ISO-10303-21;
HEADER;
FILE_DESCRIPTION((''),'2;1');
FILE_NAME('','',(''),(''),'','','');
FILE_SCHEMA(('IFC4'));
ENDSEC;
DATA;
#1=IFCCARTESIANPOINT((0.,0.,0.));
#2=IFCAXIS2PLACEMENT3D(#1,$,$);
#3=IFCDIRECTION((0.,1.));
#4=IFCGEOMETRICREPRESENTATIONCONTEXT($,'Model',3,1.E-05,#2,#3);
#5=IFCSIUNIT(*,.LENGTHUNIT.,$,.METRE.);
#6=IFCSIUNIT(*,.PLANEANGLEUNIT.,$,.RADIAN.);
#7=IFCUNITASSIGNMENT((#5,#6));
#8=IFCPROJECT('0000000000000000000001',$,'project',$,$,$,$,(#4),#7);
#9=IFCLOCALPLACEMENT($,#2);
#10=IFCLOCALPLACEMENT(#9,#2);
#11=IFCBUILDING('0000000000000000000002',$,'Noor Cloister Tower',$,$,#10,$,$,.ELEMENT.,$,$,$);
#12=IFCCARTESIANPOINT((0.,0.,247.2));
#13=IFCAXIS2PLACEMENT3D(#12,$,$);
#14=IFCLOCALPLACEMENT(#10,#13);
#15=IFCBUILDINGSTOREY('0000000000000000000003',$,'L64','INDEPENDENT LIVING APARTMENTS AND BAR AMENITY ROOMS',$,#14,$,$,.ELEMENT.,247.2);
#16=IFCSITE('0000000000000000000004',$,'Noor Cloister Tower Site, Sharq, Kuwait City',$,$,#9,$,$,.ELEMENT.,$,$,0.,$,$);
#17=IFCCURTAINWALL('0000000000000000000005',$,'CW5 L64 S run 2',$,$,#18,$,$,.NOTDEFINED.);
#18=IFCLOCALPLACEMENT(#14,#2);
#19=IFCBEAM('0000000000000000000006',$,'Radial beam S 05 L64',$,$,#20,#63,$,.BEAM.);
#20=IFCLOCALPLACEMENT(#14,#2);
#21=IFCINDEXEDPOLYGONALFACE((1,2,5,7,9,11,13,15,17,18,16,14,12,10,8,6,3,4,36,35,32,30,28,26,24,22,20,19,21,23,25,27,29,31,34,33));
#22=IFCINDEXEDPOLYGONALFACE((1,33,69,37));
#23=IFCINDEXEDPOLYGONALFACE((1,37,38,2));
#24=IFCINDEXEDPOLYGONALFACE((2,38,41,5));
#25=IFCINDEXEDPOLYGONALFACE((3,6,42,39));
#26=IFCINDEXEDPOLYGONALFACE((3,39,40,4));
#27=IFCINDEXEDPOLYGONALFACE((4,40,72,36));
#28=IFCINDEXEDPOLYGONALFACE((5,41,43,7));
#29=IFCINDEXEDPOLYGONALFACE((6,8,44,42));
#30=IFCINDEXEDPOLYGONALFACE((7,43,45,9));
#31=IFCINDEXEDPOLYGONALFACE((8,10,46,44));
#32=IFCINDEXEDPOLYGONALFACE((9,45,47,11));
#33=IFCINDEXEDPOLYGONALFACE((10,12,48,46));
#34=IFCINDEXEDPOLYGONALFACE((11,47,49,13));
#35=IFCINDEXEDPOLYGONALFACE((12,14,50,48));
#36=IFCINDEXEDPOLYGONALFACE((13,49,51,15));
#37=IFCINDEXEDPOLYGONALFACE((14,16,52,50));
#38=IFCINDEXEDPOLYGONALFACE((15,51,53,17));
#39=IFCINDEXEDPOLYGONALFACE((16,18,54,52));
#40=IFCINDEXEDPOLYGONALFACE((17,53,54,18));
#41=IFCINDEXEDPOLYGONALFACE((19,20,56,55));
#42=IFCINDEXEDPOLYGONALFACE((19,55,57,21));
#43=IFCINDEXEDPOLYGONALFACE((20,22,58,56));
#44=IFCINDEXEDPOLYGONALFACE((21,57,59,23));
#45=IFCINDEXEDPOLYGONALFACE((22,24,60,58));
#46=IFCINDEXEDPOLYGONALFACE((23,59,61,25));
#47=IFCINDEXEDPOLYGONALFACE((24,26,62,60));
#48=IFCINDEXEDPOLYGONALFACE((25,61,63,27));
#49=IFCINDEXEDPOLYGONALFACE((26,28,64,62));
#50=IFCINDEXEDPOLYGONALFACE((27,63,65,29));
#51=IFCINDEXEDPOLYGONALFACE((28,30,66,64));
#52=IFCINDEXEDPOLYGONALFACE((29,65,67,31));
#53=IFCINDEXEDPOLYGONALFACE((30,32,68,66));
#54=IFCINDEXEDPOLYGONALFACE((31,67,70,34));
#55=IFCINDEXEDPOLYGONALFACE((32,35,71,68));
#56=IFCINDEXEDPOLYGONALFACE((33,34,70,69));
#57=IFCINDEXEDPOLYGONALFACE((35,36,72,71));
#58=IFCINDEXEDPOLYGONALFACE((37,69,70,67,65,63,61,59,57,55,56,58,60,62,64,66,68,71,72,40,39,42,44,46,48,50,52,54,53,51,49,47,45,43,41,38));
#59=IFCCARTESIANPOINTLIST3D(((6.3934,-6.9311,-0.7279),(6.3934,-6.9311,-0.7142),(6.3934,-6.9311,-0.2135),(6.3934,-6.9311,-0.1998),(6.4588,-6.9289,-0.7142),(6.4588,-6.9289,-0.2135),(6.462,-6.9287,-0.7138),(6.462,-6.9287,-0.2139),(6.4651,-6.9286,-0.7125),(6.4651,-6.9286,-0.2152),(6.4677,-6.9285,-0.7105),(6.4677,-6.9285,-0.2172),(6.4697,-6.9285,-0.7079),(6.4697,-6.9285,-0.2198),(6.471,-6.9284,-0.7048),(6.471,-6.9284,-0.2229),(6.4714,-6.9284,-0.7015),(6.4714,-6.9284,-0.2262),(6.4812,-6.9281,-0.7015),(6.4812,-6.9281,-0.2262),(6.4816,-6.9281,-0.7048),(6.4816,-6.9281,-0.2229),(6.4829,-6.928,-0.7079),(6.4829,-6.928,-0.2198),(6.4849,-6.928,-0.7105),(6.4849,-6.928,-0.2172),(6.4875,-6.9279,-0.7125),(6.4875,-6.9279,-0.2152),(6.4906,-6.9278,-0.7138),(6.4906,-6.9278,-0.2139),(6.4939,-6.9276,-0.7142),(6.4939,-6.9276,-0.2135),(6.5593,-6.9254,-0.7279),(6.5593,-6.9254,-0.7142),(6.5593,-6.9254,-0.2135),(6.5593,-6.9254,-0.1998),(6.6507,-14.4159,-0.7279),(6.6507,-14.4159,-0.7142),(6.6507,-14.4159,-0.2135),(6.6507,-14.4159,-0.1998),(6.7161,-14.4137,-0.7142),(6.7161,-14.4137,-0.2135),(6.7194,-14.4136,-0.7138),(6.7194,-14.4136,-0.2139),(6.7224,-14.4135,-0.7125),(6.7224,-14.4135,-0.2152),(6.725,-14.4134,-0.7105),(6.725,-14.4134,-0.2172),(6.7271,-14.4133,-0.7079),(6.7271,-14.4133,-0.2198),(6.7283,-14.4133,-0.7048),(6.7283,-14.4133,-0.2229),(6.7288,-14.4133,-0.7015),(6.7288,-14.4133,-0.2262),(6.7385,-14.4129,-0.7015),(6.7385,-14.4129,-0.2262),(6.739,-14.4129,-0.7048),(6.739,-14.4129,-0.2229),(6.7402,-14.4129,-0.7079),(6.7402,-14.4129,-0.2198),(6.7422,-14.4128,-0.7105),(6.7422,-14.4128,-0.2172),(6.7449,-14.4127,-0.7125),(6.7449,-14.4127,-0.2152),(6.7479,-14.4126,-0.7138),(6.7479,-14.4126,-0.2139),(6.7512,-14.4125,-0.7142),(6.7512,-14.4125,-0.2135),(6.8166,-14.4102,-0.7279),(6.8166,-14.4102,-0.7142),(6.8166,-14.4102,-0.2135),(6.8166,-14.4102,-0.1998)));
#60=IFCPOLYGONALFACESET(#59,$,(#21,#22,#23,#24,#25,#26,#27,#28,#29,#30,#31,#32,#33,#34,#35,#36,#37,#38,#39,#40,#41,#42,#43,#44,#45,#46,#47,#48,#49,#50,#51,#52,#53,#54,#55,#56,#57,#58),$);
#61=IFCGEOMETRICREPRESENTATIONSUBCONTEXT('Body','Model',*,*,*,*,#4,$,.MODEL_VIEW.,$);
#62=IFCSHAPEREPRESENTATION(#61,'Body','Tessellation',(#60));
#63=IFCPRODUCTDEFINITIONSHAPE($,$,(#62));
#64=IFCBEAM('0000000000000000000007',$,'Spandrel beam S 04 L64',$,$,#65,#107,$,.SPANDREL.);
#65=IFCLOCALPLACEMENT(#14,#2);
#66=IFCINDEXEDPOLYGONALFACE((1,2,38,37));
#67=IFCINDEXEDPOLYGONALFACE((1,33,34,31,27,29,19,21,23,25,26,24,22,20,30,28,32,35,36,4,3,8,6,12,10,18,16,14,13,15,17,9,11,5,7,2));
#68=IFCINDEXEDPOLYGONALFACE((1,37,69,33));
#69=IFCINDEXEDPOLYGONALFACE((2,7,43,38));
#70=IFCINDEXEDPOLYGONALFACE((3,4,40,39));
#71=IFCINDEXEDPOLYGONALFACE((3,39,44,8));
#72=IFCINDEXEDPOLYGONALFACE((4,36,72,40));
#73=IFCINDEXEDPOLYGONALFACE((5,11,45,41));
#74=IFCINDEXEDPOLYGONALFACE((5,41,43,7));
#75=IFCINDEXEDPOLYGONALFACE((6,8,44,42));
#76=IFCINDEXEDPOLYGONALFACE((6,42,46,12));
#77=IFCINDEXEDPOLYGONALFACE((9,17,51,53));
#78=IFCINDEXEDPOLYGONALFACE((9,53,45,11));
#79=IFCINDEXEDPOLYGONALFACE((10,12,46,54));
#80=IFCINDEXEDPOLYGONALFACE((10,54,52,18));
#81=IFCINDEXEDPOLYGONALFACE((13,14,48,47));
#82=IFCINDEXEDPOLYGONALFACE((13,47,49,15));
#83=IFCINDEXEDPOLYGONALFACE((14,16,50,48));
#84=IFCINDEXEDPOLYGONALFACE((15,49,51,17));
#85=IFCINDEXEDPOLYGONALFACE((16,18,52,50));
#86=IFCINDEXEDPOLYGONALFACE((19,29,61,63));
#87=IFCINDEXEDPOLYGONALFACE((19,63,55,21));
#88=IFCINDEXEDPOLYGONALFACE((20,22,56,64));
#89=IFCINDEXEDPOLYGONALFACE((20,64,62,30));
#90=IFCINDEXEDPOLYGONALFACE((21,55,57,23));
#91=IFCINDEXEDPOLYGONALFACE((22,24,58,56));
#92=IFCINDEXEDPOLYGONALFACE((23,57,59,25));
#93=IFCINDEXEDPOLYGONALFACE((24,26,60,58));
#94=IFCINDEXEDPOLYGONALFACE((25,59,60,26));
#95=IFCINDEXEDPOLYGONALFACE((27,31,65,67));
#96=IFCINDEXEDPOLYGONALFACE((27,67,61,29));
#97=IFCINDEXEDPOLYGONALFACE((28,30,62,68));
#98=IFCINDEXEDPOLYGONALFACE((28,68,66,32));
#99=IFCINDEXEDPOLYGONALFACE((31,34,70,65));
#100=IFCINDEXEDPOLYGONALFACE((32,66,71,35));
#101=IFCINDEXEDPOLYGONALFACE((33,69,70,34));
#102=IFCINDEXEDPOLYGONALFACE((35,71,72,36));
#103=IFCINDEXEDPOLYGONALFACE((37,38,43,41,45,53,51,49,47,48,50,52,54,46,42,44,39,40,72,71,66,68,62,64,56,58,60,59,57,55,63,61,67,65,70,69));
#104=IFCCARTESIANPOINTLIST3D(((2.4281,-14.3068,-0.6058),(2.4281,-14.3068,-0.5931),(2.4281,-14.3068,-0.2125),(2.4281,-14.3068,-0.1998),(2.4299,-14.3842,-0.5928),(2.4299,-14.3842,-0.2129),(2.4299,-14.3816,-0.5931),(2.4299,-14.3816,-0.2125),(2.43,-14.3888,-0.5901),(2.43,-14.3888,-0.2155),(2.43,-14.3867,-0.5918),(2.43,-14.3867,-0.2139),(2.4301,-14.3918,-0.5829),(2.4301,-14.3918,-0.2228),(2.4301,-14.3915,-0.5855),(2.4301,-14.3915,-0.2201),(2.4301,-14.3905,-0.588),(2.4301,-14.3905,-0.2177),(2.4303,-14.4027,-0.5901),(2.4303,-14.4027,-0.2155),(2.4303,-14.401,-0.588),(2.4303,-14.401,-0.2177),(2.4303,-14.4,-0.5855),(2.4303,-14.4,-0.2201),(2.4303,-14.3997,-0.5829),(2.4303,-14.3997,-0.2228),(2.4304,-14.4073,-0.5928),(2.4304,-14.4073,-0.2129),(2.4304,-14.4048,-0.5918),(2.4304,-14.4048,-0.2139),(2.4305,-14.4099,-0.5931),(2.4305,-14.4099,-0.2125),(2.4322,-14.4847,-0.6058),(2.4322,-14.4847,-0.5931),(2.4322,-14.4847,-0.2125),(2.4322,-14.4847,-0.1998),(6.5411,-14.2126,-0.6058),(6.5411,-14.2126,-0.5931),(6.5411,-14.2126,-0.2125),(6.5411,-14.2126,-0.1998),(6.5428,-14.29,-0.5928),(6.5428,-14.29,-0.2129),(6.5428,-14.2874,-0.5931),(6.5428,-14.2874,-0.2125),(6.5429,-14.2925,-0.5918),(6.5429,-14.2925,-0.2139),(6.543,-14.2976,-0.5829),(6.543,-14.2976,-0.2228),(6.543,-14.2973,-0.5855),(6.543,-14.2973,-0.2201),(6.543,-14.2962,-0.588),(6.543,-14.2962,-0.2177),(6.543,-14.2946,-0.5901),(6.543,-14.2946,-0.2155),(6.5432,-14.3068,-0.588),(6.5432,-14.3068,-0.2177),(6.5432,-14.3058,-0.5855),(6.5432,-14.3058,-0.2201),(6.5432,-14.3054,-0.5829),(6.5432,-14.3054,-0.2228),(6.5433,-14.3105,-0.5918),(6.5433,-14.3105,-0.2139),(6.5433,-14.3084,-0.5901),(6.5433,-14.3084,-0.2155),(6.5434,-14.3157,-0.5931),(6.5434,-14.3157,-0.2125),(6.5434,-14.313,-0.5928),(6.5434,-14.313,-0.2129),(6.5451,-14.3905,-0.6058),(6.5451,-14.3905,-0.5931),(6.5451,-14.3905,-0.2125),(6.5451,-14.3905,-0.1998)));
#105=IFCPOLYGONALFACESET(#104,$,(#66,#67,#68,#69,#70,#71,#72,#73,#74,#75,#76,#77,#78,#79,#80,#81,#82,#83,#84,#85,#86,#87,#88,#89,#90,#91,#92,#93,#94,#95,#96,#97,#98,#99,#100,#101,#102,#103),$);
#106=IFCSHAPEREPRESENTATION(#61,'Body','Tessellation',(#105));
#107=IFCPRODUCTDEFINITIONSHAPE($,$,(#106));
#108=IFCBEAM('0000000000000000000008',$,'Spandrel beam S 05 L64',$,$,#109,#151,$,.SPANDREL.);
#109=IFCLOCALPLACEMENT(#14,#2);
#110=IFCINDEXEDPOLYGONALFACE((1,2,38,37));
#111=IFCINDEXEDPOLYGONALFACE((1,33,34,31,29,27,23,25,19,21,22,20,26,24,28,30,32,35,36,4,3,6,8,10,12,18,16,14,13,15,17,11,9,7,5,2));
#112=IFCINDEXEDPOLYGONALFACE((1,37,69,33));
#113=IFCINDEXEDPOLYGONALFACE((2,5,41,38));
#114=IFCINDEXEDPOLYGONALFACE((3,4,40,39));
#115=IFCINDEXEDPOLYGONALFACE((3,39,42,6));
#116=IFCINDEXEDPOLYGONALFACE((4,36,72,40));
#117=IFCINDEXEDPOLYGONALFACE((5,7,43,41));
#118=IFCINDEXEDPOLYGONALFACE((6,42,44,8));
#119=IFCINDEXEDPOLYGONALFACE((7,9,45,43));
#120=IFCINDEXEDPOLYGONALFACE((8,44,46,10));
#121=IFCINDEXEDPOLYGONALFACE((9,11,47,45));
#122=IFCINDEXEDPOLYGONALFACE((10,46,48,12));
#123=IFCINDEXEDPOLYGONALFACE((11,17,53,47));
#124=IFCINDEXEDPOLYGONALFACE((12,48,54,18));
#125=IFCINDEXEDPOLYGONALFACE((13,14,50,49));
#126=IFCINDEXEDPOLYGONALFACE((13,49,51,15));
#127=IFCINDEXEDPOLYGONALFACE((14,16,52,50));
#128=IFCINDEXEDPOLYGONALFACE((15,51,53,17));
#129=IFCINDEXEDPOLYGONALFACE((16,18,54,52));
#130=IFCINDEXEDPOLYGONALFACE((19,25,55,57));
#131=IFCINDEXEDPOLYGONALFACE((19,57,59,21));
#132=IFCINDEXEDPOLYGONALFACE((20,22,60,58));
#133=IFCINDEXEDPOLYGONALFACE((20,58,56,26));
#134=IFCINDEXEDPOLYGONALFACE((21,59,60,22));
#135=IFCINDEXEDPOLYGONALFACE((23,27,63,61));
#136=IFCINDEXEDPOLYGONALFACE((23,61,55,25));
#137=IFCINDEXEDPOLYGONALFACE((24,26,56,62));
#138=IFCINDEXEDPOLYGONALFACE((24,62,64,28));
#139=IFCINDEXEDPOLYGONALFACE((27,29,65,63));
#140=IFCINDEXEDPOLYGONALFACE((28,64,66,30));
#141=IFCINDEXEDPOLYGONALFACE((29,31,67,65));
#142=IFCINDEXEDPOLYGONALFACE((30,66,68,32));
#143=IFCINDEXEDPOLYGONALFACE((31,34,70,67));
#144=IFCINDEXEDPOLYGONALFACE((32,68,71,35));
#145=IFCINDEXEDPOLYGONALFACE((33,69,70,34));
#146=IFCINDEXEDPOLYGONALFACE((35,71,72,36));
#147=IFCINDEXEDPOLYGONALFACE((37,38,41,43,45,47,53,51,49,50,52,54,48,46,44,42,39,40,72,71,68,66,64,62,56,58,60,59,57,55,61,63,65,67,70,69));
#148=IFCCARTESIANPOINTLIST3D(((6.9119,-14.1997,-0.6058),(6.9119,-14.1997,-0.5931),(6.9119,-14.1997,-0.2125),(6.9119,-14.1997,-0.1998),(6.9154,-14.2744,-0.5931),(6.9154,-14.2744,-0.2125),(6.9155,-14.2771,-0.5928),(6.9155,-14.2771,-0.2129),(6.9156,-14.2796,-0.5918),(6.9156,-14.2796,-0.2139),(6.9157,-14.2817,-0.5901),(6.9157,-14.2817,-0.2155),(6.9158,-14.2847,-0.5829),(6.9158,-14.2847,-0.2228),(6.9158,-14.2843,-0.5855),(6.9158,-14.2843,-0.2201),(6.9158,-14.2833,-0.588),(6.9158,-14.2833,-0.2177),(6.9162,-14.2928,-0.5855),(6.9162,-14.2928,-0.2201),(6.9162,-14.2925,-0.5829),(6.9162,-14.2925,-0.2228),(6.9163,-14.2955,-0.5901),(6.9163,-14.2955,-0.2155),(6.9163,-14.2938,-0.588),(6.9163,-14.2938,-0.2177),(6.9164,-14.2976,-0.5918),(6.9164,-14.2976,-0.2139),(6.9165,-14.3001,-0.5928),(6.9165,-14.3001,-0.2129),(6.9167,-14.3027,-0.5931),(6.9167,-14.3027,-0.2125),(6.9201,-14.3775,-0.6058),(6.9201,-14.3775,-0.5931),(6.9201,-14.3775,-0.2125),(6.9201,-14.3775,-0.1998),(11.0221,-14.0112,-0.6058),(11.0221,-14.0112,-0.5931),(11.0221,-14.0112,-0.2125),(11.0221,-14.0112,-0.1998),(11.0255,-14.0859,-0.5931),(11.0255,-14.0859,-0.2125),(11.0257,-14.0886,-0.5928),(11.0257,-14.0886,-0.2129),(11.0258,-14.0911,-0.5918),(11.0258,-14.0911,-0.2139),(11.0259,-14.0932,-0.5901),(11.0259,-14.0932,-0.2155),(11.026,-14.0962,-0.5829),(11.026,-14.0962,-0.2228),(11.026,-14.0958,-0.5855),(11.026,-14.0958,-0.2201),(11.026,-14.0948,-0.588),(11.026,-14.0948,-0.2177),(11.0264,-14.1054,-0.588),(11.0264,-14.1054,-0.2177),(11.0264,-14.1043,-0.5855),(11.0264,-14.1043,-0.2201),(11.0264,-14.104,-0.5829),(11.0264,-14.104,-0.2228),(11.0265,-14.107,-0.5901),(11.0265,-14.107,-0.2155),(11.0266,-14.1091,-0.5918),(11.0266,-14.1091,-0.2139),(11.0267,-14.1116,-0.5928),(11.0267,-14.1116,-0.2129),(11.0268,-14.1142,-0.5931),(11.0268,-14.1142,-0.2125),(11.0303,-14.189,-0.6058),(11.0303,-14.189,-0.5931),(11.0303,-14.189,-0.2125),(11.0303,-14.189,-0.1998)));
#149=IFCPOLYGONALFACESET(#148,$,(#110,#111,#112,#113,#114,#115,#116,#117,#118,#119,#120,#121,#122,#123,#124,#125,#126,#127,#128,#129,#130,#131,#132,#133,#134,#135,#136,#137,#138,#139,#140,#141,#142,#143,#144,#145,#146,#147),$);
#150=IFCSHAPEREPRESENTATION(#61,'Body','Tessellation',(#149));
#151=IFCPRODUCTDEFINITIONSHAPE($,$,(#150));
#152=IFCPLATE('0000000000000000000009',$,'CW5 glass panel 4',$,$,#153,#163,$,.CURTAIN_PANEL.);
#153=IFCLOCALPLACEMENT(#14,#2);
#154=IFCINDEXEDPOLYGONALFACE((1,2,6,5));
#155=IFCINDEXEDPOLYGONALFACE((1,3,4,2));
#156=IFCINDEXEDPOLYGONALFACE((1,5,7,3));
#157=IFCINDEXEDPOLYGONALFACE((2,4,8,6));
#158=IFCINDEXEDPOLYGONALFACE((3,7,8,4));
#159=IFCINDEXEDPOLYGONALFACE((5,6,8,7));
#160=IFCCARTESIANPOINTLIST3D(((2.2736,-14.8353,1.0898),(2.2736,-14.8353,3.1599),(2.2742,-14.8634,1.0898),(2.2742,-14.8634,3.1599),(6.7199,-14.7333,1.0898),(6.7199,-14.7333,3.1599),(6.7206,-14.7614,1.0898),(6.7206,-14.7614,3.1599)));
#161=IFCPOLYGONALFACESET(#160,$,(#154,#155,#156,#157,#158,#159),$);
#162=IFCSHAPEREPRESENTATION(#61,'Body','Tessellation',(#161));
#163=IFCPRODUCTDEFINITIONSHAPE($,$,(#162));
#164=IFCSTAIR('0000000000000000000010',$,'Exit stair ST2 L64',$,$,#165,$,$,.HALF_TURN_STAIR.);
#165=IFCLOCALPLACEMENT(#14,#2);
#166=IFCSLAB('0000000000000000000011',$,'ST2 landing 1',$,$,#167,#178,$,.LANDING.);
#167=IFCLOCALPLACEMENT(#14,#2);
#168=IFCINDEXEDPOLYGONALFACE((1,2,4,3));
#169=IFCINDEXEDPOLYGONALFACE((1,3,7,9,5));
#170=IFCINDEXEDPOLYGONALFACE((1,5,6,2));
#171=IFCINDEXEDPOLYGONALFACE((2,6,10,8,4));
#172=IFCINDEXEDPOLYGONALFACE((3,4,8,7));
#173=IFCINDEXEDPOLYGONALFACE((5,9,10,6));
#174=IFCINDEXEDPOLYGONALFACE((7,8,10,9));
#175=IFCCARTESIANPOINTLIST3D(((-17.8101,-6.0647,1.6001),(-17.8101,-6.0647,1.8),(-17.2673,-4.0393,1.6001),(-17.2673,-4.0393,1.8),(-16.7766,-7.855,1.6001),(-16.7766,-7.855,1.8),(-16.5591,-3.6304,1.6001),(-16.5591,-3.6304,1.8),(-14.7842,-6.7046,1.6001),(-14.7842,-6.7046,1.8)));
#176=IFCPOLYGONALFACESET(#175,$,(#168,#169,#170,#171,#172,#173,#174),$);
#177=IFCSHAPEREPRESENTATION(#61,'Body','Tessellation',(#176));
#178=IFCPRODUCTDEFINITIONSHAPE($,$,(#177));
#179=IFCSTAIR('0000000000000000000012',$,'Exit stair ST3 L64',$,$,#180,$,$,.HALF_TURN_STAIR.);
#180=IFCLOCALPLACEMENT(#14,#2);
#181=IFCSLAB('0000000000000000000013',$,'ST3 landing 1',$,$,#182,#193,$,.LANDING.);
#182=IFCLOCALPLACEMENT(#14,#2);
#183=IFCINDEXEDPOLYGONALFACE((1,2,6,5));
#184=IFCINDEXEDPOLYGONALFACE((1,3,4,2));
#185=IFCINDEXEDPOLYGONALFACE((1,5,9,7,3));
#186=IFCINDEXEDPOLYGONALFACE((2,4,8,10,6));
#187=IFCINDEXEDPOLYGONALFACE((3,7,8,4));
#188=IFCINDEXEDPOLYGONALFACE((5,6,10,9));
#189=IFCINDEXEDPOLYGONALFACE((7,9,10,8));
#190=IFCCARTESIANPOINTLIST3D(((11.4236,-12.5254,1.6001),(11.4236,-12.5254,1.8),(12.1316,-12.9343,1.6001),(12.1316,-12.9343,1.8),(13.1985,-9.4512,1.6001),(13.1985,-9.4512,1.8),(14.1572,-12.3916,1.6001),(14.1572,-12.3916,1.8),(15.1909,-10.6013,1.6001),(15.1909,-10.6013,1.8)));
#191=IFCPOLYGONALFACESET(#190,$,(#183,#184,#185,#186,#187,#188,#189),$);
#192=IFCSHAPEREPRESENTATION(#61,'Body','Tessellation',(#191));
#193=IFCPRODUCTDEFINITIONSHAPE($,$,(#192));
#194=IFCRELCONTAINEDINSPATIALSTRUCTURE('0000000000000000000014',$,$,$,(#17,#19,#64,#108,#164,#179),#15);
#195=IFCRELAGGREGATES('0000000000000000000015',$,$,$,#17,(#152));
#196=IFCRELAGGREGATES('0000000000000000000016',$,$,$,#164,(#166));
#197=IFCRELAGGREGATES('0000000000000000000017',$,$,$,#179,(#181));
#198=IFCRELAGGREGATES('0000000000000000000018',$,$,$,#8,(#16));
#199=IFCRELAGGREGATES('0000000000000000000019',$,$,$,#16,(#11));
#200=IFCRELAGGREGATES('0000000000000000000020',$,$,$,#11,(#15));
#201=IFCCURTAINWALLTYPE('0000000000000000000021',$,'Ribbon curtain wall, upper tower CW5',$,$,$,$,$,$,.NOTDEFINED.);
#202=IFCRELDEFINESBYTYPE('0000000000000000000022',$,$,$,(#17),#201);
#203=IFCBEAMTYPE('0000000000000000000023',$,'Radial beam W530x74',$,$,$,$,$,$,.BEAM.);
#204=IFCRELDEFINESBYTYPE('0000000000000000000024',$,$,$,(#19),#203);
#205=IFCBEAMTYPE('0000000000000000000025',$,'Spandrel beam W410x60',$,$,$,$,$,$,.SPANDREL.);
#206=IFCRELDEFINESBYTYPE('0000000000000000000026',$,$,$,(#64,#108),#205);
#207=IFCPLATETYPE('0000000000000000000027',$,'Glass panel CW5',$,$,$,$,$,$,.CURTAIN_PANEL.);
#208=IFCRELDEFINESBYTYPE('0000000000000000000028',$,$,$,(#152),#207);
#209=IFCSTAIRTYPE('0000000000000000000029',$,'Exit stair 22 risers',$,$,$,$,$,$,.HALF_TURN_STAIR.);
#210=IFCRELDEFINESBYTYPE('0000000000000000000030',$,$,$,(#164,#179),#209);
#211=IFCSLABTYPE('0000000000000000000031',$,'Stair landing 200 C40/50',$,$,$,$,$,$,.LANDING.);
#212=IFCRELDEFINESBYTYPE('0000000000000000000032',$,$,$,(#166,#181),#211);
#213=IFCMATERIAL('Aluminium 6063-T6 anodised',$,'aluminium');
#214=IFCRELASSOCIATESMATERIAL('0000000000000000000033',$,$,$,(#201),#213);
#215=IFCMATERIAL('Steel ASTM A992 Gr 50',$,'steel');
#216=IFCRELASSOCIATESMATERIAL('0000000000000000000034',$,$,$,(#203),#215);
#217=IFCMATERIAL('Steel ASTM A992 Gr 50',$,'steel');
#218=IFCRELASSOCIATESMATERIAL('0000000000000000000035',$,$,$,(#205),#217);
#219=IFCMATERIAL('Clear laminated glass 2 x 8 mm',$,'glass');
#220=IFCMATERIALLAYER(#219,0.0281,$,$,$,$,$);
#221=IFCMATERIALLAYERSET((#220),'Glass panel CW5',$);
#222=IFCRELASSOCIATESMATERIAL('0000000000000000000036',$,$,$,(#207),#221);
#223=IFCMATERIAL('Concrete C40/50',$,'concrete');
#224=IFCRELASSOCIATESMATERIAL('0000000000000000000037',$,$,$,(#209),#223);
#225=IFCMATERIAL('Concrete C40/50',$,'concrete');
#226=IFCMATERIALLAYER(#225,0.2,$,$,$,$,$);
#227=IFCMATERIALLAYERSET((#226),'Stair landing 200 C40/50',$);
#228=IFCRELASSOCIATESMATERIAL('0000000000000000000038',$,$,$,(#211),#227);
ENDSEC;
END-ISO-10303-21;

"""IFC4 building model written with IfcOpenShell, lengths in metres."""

from ifc_helpers import new_model, si_unit, direction, frame, origin, origin_2d, place, context, subcontext, project, spatial, polyline, rectangle, i_section, outline, extrude, material, layer, layer_set, material_profile, profile_set, type_object, element, aggregate, save


model = new_model("IFC4")

# Units and contexts
model_context = context("Model", 3, precision=1e-05, world=origin(), true_north=direction((0.0, 1.0)))
body_context = subcontext(model_context, "Body", "Model", "MODEL_VIEW")
ifc_project = project(units=[si_unit("LENGTHUNIT", "METRE"), si_unit("PLANEANGLEUNIT", "RADIAN")], contexts=[model_context])

# Site, building, storey
site_placement = place(None, origin())
site = spatial("IfcSite", under=ifc_project, at=site_placement, Name="Noor Cloister Tower Site, Sharq, Kuwait City", CompositionType="ELEMENT", RefElevation=0.0)
building_placement = place(site_placement, origin())
building = spatial("IfcBuilding", under=site, at=building_placement, Name="Noor Cloister Tower", CompositionType="ELEMENT")
storey_placement = place(building_placement, frame((0.0, 0.0, 247.2)))
storey = spatial("IfcBuildingStorey", under=building, at=storey_placement, Name="L64", Description="INDEPENDENT LIVING APARTMENTS AND BAR AMENITY ROOMS", CompositionType="ELEMENT", Elevation=247.2)

# Curtain wall
ifc_material_1 = material(Name="Aluminium 6063-T6 anodised", Category="aluminium")
curtain_wall_type = type_object("IfcCurtainWallType", Name="Ribbon curtain wall, upper tower CW5", PredefinedType="NOTDEFINED", material=ifc_material_1)
curtain_wall_placement = place(storey_placement, origin())
curtain_wall = element("IfcCurtainWall", 1, at=curtain_wall_placement, inside=storey, type_object=curtain_wall_type, Name="CW5 L64 S run 2", PredefinedType="NOTDEFINED")

# Beams
ifc_material_2 = material(Name="Steel ASTM A992 Gr 50", Category="steel")
ifc_material_profile_1 = material_profile(ifc_material_2, i_section(OverallWidth=0.166, OverallDepth=0.5281, WebThickness=0.0098, FlangeThickness=0.0137, FilletRadius=0.0127, at=origin_2d()), Name="W530x74")
ifc_profile_set_1 = profile_set([ifc_material_profile_1], Name="Steel ASTM A992 Gr 50")
beam_type_1 = type_object("IfcBeamType", Name="Radial beam W530x74", PredefinedType="BEAM", material=ifc_profile_set_1)
beam_1_placement = place(storey_placement, frame((6.7336, -14.4131, -0.4639), z_axis=(-0.034359, 0.99941, 0.0), x_axis=(-0.99941, -0.034359, 0.0)))
element("IfcBeam", 2, at=beam_1_placement, inside=storey, type_object=beam_type_1, Name="Radial beam S 05 L64", PredefinedType="BEAM", context=body_context, shape_type="SweptSolid", body=[
    extrude(i_section(OverallWidth=0.166, OverallDepth=0.5281, WebThickness=0.0098, FlangeThickness=0.0137, FilletRadius=0.0127, at=origin_2d()), origin(), (0.0, 0.0, 1.0), 7.4893),
])
ifc_material_3 = material(Name="Steel ASTM A992 Gr 50", Category="steel")
ifc_material_profile_2 = material_profile(ifc_material_3, i_section(OverallWidth=0.178, OverallDepth=0.406, WebThickness=0.0078, FlangeThickness=0.0127, FilletRadius=0.0103, at=origin_2d()), Name="W410x60")
ifc_profile_set_2 = profile_set([ifc_material_profile_2], Name="Steel ASTM A992 Gr 50")
beam_type_2 = type_object("IfcBeamType", Name="Spandrel beam W410x60", PredefinedType="SPANDREL", material=ifc_profile_set_2)
beam_2_placement = place(storey_placement, frame((2.4302, -14.3958, -0.4028), z_axis=(0.999738, 0.022906, 0.0), x_axis=(-0.022906, 0.999738, 0.0)))
element("IfcBeam", 3, at=beam_2_placement, inside=storey, type_object=beam_type_2, Name="Spandrel beam S 04 L64", PredefinedType="SPANDREL", context=body_context, shape_type="SweptSolid", body=[
    extrude(i_section(OverallWidth=0.178, OverallDepth=0.406, WebThickness=0.0078, FlangeThickness=0.0127, FilletRadius=0.0103, at=origin_2d()), origin(), (0.0, 0.0, 1.0), 4.114),
])
beam_3_placement = place(storey_placement, frame((6.916, -14.2886, -0.4028), z_axis=(0.99895, 0.045809, 0.0), x_axis=(-0.045809, 0.99895, 0.0)))
element("IfcBeam", 4, at=beam_3_placement, inside=storey, type_object=beam_type_2, Name="Spandrel beam S 05 L64", PredefinedType="SPANDREL", context=body_context, shape_type="SweptSolid", body=[
    extrude(i_section(OverallWidth=0.178, OverallDepth=0.406, WebThickness=0.0078, FlangeThickness=0.0127, FilletRadius=0.0103, at=origin_2d()), origin(), (0.0, 0.0, 1.0), 4.1145),
])

# Plate
ifc_material_4 = material(Name="Clear laminated glass 2 x 8 mm", Category="glass")
ifc_layer_1 = layer(ifc_material_4, 0.0281)
ifc_layer_set_1 = layer_set([ifc_layer_1], Name="Glass panel CW5")
plate_type = type_object("IfcPlateType", Name="Glass panel CW5", PredefinedType="CURTAIN_PANEL", material=ifc_layer_set_1)
plate_placement = place(storey_placement, frame((4.4971, -14.7983, 1.0898), z_axis=(0.0, 0.0, 1.0), x_axis=(0.999737, 0.022925, 0.0)))
plate = element("IfcPlate", 5, at=plate_placement, type_object=plate_type, Name="CW5 glass panel 4", PredefinedType="CURTAIN_PANEL", context=body_context, shape_type="SweptSolid", body=[
    extrude(rectangle(XDim=4.4475, YDim=0.0281, at=origin_2d()), origin(), (0.0, 0.0, 1.0), 2.0701),
])
aggregate(curtain_wall, [plate])

# Stairs, slabs
ifc_material_5 = material(Name="Concrete C40/50", Category="concrete")
stair_type = type_object("IfcStairType", Name="Exit stair 22 risers", PredefinedType="HALF_TURN_STAIR", material=ifc_material_5)
stair_1_placement = place(storey_placement, origin())
stair_1 = element("IfcStair", 6, at=stair_1_placement, inside=storey, type_object=stair_type, Name="Exit stair ST2 L64", PredefinedType="HALF_TURN_STAIR")
ifc_material_6 = material(Name="Concrete C40/50", Category="concrete")
ifc_layer_2 = layer(ifc_material_6, 0.2)
ifc_layer_set_2 = layer_set([ifc_layer_2], Name="Stair landing 200 C40/50")
slab_type = type_object("IfcSlabType", Name="Stair landing 200 C40/50", PredefinedType="LANDING", material=ifc_layer_set_2)
slab_1_placement = place(storey_placement, frame((0.0, 0.0, 1.6001)))
slab_1 = element("IfcSlab", 7, at=slab_1_placement, type_object=slab_type, Name="ST2 landing 1", PredefinedType="LANDING", context=body_context, shape_type="SweptSolid", body=[
    extrude(outline(polyline([(-16.5591, -3.6304), (-17.2673, -4.0393), (-17.8101, -6.0647), (-16.7766, -7.855), (-14.7842, -6.7046), (-16.5591, -3.6304)])), origin(), (0.0, 0.0, 1.0), 0.2),
])
aggregate(stair_1, [slab_1])
stair_2_placement = place(storey_placement, origin())
stair_2 = element("IfcStair", 8, at=stair_2_placement, inside=storey, type_object=stair_type, Name="Exit stair ST3 L64", PredefinedType="HALF_TURN_STAIR")
slab_2_placement = place(storey_placement, frame((0.0, 0.0, 1.6001)))
slab_2 = element("IfcSlab", 9, at=slab_2_placement, type_object=slab_type, Name="ST3 landing 1", PredefinedType="LANDING", context=body_context, shape_type="SweptSolid", body=[
    extrude(outline(polyline([(11.4236, -12.5254), (12.1316, -12.9343), (14.1572, -12.3916), (15.1909, -10.6013), (13.1985, -9.4512), (11.4236, -12.5254)])), origin(), (0.0, 0.0, 1.0), 0.2),
])
aggregate(stair_2, [slab_2])

save(model, "model.ifc")
